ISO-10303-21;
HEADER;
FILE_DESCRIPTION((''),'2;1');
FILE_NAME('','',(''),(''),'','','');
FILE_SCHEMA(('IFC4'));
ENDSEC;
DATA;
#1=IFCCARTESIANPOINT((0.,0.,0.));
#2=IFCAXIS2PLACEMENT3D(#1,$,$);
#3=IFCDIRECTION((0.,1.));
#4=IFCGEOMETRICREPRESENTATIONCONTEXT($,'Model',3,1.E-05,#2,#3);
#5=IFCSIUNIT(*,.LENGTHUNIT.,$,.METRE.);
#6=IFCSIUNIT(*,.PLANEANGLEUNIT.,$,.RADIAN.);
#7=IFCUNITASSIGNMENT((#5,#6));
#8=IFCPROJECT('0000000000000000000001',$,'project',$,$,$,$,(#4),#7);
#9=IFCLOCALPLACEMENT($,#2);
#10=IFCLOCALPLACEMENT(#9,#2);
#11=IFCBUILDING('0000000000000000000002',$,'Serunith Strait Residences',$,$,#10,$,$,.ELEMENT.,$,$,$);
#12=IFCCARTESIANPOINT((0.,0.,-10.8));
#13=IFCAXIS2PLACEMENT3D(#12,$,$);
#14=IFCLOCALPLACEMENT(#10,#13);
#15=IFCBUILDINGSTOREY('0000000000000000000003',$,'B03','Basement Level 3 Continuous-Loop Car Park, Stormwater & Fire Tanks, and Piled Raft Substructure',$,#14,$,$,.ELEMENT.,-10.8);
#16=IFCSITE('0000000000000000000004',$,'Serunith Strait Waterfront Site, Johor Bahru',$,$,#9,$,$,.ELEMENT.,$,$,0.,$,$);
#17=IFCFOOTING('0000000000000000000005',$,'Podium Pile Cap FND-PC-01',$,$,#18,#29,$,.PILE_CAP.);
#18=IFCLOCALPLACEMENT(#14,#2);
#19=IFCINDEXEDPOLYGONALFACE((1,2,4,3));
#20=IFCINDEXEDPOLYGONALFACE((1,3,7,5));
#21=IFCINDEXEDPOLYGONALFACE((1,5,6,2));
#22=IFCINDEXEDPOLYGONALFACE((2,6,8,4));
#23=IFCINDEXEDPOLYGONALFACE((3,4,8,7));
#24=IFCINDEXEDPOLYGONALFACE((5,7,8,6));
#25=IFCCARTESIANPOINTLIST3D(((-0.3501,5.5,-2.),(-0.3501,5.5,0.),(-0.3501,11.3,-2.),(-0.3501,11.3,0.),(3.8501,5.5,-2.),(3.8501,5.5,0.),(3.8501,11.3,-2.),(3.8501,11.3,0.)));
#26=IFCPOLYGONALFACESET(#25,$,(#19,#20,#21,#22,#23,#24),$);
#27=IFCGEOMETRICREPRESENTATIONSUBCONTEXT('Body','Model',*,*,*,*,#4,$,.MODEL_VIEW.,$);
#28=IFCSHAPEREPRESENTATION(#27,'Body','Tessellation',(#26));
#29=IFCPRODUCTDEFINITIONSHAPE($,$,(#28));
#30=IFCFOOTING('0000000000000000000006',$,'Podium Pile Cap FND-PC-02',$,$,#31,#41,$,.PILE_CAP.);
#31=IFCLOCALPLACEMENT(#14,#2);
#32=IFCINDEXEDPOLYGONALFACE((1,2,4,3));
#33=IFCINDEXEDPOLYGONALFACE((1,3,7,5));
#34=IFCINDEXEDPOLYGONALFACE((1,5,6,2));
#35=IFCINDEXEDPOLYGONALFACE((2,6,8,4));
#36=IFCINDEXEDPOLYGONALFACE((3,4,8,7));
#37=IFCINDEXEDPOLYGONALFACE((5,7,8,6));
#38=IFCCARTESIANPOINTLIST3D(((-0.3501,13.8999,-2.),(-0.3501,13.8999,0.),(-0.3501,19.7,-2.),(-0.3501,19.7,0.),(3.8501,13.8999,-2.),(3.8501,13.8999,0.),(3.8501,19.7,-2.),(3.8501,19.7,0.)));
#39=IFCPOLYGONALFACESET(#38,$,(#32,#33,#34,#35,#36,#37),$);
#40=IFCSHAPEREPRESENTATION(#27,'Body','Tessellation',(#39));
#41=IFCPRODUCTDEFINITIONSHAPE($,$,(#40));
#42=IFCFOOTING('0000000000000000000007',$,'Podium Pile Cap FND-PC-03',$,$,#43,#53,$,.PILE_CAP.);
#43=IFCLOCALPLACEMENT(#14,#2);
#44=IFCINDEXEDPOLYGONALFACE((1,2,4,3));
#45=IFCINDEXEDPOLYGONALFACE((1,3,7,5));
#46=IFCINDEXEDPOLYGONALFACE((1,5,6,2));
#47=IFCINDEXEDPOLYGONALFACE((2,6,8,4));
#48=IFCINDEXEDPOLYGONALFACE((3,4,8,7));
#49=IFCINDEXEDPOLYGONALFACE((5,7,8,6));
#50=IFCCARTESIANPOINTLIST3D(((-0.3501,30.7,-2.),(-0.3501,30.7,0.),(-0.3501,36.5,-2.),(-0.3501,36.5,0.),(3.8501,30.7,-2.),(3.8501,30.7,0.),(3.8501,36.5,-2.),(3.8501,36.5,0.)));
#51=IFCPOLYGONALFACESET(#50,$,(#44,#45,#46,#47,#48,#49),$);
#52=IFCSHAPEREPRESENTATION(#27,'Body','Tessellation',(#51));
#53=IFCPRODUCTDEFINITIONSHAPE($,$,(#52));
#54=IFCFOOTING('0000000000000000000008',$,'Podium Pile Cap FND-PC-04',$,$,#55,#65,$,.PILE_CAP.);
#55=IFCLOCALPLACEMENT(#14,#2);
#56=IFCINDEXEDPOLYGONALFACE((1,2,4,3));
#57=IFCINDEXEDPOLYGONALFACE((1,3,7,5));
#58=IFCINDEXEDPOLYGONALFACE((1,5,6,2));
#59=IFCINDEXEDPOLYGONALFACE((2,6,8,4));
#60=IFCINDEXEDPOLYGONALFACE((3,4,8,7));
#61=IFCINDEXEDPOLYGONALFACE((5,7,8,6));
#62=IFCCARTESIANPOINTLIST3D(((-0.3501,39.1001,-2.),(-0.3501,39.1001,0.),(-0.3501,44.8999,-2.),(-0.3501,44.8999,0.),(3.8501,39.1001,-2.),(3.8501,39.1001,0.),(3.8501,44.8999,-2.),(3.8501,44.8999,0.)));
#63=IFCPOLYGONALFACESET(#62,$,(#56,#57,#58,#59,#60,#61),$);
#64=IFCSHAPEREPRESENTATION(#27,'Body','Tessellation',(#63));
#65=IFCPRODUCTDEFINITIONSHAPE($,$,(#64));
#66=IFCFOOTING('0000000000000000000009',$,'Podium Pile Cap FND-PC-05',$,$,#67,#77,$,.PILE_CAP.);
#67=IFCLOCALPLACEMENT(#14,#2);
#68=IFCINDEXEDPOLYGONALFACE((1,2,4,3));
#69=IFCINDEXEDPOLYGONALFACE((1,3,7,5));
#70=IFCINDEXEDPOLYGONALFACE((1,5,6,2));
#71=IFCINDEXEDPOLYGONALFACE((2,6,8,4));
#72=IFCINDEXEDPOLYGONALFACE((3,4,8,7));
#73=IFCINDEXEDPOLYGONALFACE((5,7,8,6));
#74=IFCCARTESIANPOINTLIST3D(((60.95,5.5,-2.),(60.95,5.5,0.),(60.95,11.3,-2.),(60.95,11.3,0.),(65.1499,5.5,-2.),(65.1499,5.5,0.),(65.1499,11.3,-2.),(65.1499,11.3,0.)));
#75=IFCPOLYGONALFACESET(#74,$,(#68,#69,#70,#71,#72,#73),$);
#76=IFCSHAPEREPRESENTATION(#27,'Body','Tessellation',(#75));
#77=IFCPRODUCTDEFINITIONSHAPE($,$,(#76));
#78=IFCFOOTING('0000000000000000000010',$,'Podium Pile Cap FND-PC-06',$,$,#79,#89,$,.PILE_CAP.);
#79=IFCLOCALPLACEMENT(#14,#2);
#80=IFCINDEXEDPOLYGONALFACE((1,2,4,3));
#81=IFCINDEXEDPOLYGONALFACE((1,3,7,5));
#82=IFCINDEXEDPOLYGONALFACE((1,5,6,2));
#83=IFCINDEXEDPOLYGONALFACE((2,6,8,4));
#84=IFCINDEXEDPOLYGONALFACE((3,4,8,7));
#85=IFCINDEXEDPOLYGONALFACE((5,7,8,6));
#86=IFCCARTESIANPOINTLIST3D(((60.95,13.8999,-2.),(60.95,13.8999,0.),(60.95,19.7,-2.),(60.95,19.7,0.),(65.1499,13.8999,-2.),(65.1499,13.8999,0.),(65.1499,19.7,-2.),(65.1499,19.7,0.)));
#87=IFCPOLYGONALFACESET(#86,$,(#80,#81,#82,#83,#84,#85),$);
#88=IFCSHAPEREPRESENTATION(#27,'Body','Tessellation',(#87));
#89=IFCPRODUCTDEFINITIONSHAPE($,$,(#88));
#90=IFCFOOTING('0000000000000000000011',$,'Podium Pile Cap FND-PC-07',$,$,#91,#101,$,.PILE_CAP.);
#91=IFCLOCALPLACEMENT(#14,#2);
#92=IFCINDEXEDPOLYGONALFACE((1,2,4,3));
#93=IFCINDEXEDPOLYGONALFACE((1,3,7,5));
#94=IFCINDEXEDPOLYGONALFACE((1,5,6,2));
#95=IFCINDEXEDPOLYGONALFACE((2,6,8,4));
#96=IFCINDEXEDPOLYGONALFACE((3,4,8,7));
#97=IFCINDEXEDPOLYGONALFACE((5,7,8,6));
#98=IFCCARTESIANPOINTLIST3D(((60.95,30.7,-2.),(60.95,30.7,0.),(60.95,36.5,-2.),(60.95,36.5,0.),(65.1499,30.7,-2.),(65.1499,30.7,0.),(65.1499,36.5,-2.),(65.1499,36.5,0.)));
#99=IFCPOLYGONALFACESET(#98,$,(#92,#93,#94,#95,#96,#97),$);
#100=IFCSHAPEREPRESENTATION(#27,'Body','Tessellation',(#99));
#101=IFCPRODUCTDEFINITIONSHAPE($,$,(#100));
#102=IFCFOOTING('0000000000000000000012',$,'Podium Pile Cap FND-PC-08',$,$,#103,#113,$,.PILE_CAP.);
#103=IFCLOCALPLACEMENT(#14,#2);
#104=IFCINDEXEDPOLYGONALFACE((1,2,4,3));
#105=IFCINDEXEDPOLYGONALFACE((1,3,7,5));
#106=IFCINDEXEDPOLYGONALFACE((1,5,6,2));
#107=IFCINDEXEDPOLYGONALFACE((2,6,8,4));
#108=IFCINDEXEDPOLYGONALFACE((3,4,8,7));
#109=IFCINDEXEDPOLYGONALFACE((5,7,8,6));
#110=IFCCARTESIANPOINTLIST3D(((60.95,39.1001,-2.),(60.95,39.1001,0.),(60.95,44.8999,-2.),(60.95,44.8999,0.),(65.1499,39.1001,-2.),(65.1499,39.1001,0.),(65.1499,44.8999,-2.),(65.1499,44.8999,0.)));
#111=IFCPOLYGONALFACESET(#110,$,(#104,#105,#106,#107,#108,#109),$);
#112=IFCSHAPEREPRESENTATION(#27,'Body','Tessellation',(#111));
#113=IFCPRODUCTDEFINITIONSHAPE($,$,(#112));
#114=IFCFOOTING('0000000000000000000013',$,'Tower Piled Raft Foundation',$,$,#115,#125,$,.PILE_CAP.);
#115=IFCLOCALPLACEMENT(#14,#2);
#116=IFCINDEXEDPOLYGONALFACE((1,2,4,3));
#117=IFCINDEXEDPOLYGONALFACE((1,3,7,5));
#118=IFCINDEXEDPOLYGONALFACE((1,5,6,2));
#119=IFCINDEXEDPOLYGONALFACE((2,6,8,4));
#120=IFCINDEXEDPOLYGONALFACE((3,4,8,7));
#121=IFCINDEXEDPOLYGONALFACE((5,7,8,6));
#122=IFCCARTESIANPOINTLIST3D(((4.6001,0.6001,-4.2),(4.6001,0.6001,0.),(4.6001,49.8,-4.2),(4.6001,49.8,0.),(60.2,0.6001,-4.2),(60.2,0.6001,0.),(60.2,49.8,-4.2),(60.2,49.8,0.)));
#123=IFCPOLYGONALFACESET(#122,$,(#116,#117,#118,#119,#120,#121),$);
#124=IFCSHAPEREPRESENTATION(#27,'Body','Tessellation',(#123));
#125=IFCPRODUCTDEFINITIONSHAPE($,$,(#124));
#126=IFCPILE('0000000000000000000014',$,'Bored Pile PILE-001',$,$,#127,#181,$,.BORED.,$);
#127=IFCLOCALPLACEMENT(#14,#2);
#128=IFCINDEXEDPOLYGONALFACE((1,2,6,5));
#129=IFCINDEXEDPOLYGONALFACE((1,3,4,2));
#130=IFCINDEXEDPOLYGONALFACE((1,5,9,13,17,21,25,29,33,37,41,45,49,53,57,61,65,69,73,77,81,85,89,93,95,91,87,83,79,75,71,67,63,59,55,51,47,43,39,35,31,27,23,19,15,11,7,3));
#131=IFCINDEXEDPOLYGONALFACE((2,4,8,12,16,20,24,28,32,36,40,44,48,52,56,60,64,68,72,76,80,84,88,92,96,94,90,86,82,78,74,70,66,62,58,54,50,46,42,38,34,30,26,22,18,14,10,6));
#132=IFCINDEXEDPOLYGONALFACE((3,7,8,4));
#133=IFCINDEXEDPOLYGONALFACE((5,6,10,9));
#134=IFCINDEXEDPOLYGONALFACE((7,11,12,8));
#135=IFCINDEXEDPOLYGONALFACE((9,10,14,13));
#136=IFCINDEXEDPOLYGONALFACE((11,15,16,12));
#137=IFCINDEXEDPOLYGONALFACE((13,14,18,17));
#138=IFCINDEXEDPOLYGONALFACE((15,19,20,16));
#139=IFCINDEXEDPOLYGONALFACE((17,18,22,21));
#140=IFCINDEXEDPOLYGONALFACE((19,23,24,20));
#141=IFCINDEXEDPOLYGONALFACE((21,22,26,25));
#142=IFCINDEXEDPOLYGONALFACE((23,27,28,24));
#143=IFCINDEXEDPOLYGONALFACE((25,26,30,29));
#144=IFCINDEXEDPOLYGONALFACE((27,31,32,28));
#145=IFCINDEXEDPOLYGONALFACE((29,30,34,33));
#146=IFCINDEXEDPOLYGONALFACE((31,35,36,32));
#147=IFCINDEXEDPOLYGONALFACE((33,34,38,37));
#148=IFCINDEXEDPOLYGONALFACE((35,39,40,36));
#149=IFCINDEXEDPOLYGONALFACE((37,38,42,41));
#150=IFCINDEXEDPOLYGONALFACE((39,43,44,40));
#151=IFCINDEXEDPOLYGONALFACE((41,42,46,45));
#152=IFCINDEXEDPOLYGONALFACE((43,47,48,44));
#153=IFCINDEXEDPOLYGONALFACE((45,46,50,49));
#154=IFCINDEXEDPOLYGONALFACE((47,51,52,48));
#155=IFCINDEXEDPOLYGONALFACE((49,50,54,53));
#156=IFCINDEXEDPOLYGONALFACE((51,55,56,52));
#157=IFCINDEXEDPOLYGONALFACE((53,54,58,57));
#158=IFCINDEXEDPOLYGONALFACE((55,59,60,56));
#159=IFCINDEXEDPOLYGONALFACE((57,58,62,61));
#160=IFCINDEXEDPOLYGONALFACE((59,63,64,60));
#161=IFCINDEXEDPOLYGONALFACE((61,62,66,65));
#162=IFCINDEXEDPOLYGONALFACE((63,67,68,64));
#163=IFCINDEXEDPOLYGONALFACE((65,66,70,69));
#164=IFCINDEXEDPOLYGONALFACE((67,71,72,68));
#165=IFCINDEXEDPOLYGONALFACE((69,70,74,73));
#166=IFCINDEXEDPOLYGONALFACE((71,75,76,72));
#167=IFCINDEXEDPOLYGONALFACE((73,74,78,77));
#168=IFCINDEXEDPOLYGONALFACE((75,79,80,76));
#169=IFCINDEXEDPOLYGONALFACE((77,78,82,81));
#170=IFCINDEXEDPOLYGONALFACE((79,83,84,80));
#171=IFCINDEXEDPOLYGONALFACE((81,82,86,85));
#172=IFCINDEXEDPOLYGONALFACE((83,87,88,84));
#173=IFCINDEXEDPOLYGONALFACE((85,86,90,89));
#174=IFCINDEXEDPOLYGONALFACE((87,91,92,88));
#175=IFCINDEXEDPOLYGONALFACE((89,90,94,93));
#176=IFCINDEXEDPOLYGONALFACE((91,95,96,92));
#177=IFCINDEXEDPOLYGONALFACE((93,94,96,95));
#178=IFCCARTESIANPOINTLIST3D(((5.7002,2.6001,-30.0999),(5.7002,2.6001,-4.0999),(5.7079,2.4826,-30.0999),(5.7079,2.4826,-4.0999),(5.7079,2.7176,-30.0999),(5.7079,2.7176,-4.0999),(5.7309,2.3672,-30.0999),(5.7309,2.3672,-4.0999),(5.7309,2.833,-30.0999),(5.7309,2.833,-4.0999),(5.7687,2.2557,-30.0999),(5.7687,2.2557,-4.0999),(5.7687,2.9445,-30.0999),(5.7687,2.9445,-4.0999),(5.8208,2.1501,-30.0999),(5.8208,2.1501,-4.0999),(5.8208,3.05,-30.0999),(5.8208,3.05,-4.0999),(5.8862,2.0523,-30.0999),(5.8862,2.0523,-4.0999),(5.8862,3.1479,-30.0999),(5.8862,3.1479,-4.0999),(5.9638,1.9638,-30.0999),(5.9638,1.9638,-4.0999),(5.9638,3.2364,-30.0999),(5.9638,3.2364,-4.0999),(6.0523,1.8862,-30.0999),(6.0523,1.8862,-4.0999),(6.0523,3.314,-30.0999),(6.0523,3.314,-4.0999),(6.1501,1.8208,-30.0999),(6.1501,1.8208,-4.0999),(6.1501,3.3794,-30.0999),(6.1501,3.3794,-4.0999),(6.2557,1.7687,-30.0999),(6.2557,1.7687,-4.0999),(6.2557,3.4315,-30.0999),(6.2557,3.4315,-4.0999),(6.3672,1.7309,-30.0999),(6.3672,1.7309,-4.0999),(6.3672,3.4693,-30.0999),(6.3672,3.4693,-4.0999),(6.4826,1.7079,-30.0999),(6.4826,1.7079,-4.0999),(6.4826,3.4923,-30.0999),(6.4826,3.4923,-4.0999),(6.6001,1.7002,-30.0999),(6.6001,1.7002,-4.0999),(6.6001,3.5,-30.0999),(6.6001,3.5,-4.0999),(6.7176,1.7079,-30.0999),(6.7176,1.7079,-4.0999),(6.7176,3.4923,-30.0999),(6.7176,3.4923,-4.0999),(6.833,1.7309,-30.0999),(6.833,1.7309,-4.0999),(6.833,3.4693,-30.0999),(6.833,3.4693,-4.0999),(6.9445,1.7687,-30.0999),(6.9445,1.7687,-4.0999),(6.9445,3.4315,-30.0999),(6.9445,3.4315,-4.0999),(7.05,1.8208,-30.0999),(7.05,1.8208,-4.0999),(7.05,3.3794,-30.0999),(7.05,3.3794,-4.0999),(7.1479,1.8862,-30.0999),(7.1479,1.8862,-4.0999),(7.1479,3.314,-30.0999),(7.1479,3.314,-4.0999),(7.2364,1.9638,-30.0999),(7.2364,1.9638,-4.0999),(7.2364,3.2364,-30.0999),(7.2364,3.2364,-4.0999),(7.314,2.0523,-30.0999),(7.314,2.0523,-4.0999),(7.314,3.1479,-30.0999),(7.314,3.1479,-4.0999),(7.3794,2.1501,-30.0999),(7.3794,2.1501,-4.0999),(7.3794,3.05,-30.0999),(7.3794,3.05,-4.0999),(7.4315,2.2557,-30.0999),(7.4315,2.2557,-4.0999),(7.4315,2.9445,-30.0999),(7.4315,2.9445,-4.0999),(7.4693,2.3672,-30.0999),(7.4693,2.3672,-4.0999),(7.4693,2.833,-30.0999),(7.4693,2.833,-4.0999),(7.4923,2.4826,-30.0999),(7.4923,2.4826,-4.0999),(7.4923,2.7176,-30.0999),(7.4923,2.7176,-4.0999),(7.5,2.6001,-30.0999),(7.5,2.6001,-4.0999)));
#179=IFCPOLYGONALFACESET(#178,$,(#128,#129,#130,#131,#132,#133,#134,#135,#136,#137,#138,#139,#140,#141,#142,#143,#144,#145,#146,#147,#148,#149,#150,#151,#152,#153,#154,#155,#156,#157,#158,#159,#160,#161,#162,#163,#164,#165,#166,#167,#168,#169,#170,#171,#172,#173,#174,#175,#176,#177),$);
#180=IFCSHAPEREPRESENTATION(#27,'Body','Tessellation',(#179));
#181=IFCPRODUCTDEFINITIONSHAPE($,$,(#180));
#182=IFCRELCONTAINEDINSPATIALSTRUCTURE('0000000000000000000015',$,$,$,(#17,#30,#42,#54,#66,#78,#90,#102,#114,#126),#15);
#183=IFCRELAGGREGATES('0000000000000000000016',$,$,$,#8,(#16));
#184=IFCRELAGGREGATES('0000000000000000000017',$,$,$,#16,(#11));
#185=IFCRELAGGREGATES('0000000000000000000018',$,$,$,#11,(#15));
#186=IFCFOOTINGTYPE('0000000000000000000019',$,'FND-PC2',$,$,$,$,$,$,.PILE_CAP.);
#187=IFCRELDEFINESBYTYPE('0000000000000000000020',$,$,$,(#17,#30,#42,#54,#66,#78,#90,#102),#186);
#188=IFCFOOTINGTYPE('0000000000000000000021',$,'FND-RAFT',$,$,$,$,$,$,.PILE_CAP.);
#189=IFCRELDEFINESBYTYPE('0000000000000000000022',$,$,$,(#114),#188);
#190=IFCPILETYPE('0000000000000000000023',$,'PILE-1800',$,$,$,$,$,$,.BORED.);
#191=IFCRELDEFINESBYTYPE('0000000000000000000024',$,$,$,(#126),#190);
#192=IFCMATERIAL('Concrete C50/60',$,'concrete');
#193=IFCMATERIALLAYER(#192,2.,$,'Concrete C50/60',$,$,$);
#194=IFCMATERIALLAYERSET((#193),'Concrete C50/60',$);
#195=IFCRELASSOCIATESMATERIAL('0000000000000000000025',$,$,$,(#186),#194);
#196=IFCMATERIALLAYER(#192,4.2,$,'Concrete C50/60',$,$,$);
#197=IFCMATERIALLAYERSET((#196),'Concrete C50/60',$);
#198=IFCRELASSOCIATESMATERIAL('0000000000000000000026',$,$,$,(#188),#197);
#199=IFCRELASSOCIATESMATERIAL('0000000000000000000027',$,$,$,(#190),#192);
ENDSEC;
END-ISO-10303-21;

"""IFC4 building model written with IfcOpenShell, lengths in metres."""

from ifc_helpers import new_model, si_unit, direction, frame, origin, origin_2d, place, context, subcontext, project, spatial, polyline, circle, outline, extrude, source, transform, mapped, material, layer, layer_set, material_profile, profile_set, type_object, element, save


model = new_model("IFC4")

# Units and contexts
model_context = context("Model", 3, precision=1e-05, world=origin(), true_north=direction((0.0, 1.0)))
body_context = subcontext(model_context, "Body", "Model", "MODEL_VIEW")
ifc_project = project(units=[si_unit("LENGTHUNIT", "METRE"), si_unit("PLANEANGLEUNIT", "RADIAN")], contexts=[model_context])

# Site, building, storey
site_placement = place(None, origin())
site = spatial("IfcSite", under=ifc_project, at=site_placement, Name="Serunith Strait Waterfront Site, Johor Bahru", CompositionType="ELEMENT", RefElevation=0.0)
building_placement = place(site_placement, origin())
building = spatial("IfcBuilding", under=site, at=building_placement, Name="Serunith Strait Residences", CompositionType="ELEMENT")
storey_placement = place(building_placement, frame((0.0, 0.0, -10.8)))
storey = spatial("IfcBuildingStorey", under=building, at=storey_placement, Name="B03", Description="Basement Level 3 Continuous-Loop Car Park, Stormwater & Fire Tanks, and Piled Raft Substructure", CompositionType="ELEMENT", Elevation=-10.8)

# Footings
ifc_material_1 = material(Name="Concrete C50/60", Category="concrete")
ifc_layer_1 = layer(ifc_material_1, 2.0, Name="Concrete C50/60")
ifc_layer_set_1 = layer_set([ifc_layer_1], Name="Concrete C50/60")
footing_type_1 = type_object("IfcFootingType", Name="FND-PC2", PredefinedType="PILE_CAP", material=ifc_layer_set_1)
footing_1_placement = place(storey_placement, frame((0.0, 0.0, -2.0)))
element("IfcFooting", 1, at=footing_1_placement, inside=storey, type_object=footing_type_1, Name="Podium Pile Cap FND-PC-01", PredefinedType="PILE_CAP", context=body_context, shape_type="SweptSolid", body=[
    extrude(outline(polyline([(-0.3501, 5.5), (3.8501, 5.5), (3.8501, 11.3), (-0.3501, 11.3), (-0.3501, 5.5)])), origin(), (0.0, 0.0, 1.0), 2.0),
])
footing_2_placement = place(storey_placement, frame((0.0, 0.0, -2.0)))
element("IfcFooting", 2, at=footing_2_placement, inside=storey, type_object=footing_type_1, Name="Podium Pile Cap FND-PC-02", PredefinedType="PILE_CAP", context=body_context, shape_type="SweptSolid", body=[
    extrude(outline(polyline([(-0.3501, 13.8999), (3.8501, 13.8999), (3.8501, 19.7), (-0.3501, 19.7), (-0.3501, 13.8999)])), origin(), (0.0, 0.0, 1.0), 2.0),
])
footing_3_placement = place(storey_placement, frame((0.0, 0.0, -2.0)))
element("IfcFooting", 3, at=footing_3_placement, inside=storey, type_object=footing_type_1, Name="Podium Pile Cap FND-PC-03", PredefinedType="PILE_CAP", context=body_context, shape_type="SweptSolid", body=[
    extrude(outline(polyline([(-0.3501, 30.7), (3.8501, 30.7), (3.8501, 36.5), (-0.3501, 36.5), (-0.3501, 30.7)])), origin(), (0.0, 0.0, 1.0), 2.0),
])
footing_4_placement = place(storey_placement, frame((0.0, 0.0, -2.0)))
element("IfcFooting", 4, at=footing_4_placement, inside=storey, type_object=footing_type_1, Name="Podium Pile Cap FND-PC-04", PredefinedType="PILE_CAP", context=body_context, shape_type="SweptSolid", body=[
    extrude(outline(polyline([(-0.3501, 39.1001), (3.8501, 39.1001), (3.8501, 44.8999), (-0.3501, 44.8999), (-0.3501, 39.1001)])), origin(), (0.0, 0.0, 1.0), 2.0),
])
footing_5_placement = place(storey_placement, frame((0.0, 0.0, -2.0)))
element("IfcFooting", 5, at=footing_5_placement, inside=storey, type_object=footing_type_1, Name="Podium Pile Cap FND-PC-05", PredefinedType="PILE_CAP", context=body_context, shape_type="SweptSolid", body=[
    extrude(outline(polyline([(60.95, 5.5), (65.1499, 5.5), (65.1499, 11.3), (60.95, 11.3), (60.95, 5.5)])), origin(), (0.0, 0.0, 1.0), 2.0),
])
footing_6_placement = place(storey_placement, frame((0.0, 0.0, -2.0)))
element("IfcFooting", 6, at=footing_6_placement, inside=storey, type_object=footing_type_1, Name="Podium Pile Cap FND-PC-06", PredefinedType="PILE_CAP", context=body_context, shape_type="SweptSolid", body=[
    extrude(outline(polyline([(60.95, 13.8999), (65.1499, 13.8999), (65.1499, 19.7), (60.95, 19.7), (60.95, 13.8999)])), origin(), (0.0, 0.0, 1.0), 2.0),
])
footing_7_placement = place(storey_placement, frame((0.0, 0.0, -2.0)))
element("IfcFooting", 7, at=footing_7_placement, inside=storey, type_object=footing_type_1, Name="Podium Pile Cap FND-PC-07", PredefinedType="PILE_CAP", context=body_context, shape_type="SweptSolid", body=[
    extrude(outline(polyline([(60.95, 30.7), (65.1499, 30.7), (65.1499, 36.5), (60.95, 36.5), (60.95, 30.7)])), origin(), (0.0, 0.0, 1.0), 2.0),
])
footing_8_placement = place(storey_placement, frame((0.0, 0.0, -2.0)))
element("IfcFooting", 8, at=footing_8_placement, inside=storey, type_object=footing_type_1, Name="Podium Pile Cap FND-PC-08", PredefinedType="PILE_CAP", context=body_context, shape_type="SweptSolid", body=[
    extrude(outline(polyline([(60.95, 39.1001), (65.1499, 39.1001), (65.1499, 44.8999), (60.95, 44.8999), (60.95, 39.1001)])), origin(), (0.0, 0.0, 1.0), 2.0),
])
ifc_layer_2 = layer(ifc_material_1, 4.2, Name="Concrete C50/60")
ifc_layer_set_2 = layer_set([ifc_layer_2], Name="Concrete C50/60")
footing_type_2 = type_object("IfcFootingType", Name="FND-RAFT", PredefinedType="PILE_CAP", material=ifc_layer_set_2)
footing_9_placement = place(storey_placement, frame((0.0, 0.0, -4.2)))
element("IfcFooting", 9, at=footing_9_placement, inside=storey, type_object=footing_type_2, Name="Tower Piled Raft Foundation", PredefinedType="PILE_CAP", context=body_context, shape_type="SweptSolid", body=[
    extrude(outline(polyline([(4.6001, 0.6001), (60.2, 0.6001), (60.2, 49.8), (4.6001, 49.8), (4.6001, 0.6001)])), origin(), (0.0, 0.0, 1.0), 4.2),
])

# Pile
ifc_material_profile_1 = material_profile(ifc_material_1, circle(Radius=0.8999, at=origin_2d()), Name="PILE D1800")
ifc_profile_set_1 = profile_set([ifc_material_profile_1], Name="Concrete C50/60")
pile_type_1 = type_object("IfcPileType", Name="PILE-1800", PredefinedType="BORED", material=ifc_profile_set_1)
shared_shape_1 = source(origin(), body_context, "Body", "SweptSolid", [
    extrude(circle(Radius=0.8999, at=origin_2d()), origin(), (0.0, 0.0, 1.0), 26.0),
])
for number, where, z_axis, x_axis, name in (
    (10, (6.6001, 2.6001, -4.0999), (0.0, 0.0, -1.0), (1.0, 0.0, 0.0), "Bored Pile PILE-001"),
):
    element("IfcPile", number, at=place(storey_placement, frame(where, z_axis=z_axis, x_axis=x_axis)), inside=storey, type_object=pile_type_1, Name=name, PredefinedType="BORED", context=body_context, shape_type="MappedRepresentation", body=[
        mapped(shared_shape_1, transform((0.0, 0.0, 0.0), scale=1.0)),
    ])

save(model, "model.ifc")
